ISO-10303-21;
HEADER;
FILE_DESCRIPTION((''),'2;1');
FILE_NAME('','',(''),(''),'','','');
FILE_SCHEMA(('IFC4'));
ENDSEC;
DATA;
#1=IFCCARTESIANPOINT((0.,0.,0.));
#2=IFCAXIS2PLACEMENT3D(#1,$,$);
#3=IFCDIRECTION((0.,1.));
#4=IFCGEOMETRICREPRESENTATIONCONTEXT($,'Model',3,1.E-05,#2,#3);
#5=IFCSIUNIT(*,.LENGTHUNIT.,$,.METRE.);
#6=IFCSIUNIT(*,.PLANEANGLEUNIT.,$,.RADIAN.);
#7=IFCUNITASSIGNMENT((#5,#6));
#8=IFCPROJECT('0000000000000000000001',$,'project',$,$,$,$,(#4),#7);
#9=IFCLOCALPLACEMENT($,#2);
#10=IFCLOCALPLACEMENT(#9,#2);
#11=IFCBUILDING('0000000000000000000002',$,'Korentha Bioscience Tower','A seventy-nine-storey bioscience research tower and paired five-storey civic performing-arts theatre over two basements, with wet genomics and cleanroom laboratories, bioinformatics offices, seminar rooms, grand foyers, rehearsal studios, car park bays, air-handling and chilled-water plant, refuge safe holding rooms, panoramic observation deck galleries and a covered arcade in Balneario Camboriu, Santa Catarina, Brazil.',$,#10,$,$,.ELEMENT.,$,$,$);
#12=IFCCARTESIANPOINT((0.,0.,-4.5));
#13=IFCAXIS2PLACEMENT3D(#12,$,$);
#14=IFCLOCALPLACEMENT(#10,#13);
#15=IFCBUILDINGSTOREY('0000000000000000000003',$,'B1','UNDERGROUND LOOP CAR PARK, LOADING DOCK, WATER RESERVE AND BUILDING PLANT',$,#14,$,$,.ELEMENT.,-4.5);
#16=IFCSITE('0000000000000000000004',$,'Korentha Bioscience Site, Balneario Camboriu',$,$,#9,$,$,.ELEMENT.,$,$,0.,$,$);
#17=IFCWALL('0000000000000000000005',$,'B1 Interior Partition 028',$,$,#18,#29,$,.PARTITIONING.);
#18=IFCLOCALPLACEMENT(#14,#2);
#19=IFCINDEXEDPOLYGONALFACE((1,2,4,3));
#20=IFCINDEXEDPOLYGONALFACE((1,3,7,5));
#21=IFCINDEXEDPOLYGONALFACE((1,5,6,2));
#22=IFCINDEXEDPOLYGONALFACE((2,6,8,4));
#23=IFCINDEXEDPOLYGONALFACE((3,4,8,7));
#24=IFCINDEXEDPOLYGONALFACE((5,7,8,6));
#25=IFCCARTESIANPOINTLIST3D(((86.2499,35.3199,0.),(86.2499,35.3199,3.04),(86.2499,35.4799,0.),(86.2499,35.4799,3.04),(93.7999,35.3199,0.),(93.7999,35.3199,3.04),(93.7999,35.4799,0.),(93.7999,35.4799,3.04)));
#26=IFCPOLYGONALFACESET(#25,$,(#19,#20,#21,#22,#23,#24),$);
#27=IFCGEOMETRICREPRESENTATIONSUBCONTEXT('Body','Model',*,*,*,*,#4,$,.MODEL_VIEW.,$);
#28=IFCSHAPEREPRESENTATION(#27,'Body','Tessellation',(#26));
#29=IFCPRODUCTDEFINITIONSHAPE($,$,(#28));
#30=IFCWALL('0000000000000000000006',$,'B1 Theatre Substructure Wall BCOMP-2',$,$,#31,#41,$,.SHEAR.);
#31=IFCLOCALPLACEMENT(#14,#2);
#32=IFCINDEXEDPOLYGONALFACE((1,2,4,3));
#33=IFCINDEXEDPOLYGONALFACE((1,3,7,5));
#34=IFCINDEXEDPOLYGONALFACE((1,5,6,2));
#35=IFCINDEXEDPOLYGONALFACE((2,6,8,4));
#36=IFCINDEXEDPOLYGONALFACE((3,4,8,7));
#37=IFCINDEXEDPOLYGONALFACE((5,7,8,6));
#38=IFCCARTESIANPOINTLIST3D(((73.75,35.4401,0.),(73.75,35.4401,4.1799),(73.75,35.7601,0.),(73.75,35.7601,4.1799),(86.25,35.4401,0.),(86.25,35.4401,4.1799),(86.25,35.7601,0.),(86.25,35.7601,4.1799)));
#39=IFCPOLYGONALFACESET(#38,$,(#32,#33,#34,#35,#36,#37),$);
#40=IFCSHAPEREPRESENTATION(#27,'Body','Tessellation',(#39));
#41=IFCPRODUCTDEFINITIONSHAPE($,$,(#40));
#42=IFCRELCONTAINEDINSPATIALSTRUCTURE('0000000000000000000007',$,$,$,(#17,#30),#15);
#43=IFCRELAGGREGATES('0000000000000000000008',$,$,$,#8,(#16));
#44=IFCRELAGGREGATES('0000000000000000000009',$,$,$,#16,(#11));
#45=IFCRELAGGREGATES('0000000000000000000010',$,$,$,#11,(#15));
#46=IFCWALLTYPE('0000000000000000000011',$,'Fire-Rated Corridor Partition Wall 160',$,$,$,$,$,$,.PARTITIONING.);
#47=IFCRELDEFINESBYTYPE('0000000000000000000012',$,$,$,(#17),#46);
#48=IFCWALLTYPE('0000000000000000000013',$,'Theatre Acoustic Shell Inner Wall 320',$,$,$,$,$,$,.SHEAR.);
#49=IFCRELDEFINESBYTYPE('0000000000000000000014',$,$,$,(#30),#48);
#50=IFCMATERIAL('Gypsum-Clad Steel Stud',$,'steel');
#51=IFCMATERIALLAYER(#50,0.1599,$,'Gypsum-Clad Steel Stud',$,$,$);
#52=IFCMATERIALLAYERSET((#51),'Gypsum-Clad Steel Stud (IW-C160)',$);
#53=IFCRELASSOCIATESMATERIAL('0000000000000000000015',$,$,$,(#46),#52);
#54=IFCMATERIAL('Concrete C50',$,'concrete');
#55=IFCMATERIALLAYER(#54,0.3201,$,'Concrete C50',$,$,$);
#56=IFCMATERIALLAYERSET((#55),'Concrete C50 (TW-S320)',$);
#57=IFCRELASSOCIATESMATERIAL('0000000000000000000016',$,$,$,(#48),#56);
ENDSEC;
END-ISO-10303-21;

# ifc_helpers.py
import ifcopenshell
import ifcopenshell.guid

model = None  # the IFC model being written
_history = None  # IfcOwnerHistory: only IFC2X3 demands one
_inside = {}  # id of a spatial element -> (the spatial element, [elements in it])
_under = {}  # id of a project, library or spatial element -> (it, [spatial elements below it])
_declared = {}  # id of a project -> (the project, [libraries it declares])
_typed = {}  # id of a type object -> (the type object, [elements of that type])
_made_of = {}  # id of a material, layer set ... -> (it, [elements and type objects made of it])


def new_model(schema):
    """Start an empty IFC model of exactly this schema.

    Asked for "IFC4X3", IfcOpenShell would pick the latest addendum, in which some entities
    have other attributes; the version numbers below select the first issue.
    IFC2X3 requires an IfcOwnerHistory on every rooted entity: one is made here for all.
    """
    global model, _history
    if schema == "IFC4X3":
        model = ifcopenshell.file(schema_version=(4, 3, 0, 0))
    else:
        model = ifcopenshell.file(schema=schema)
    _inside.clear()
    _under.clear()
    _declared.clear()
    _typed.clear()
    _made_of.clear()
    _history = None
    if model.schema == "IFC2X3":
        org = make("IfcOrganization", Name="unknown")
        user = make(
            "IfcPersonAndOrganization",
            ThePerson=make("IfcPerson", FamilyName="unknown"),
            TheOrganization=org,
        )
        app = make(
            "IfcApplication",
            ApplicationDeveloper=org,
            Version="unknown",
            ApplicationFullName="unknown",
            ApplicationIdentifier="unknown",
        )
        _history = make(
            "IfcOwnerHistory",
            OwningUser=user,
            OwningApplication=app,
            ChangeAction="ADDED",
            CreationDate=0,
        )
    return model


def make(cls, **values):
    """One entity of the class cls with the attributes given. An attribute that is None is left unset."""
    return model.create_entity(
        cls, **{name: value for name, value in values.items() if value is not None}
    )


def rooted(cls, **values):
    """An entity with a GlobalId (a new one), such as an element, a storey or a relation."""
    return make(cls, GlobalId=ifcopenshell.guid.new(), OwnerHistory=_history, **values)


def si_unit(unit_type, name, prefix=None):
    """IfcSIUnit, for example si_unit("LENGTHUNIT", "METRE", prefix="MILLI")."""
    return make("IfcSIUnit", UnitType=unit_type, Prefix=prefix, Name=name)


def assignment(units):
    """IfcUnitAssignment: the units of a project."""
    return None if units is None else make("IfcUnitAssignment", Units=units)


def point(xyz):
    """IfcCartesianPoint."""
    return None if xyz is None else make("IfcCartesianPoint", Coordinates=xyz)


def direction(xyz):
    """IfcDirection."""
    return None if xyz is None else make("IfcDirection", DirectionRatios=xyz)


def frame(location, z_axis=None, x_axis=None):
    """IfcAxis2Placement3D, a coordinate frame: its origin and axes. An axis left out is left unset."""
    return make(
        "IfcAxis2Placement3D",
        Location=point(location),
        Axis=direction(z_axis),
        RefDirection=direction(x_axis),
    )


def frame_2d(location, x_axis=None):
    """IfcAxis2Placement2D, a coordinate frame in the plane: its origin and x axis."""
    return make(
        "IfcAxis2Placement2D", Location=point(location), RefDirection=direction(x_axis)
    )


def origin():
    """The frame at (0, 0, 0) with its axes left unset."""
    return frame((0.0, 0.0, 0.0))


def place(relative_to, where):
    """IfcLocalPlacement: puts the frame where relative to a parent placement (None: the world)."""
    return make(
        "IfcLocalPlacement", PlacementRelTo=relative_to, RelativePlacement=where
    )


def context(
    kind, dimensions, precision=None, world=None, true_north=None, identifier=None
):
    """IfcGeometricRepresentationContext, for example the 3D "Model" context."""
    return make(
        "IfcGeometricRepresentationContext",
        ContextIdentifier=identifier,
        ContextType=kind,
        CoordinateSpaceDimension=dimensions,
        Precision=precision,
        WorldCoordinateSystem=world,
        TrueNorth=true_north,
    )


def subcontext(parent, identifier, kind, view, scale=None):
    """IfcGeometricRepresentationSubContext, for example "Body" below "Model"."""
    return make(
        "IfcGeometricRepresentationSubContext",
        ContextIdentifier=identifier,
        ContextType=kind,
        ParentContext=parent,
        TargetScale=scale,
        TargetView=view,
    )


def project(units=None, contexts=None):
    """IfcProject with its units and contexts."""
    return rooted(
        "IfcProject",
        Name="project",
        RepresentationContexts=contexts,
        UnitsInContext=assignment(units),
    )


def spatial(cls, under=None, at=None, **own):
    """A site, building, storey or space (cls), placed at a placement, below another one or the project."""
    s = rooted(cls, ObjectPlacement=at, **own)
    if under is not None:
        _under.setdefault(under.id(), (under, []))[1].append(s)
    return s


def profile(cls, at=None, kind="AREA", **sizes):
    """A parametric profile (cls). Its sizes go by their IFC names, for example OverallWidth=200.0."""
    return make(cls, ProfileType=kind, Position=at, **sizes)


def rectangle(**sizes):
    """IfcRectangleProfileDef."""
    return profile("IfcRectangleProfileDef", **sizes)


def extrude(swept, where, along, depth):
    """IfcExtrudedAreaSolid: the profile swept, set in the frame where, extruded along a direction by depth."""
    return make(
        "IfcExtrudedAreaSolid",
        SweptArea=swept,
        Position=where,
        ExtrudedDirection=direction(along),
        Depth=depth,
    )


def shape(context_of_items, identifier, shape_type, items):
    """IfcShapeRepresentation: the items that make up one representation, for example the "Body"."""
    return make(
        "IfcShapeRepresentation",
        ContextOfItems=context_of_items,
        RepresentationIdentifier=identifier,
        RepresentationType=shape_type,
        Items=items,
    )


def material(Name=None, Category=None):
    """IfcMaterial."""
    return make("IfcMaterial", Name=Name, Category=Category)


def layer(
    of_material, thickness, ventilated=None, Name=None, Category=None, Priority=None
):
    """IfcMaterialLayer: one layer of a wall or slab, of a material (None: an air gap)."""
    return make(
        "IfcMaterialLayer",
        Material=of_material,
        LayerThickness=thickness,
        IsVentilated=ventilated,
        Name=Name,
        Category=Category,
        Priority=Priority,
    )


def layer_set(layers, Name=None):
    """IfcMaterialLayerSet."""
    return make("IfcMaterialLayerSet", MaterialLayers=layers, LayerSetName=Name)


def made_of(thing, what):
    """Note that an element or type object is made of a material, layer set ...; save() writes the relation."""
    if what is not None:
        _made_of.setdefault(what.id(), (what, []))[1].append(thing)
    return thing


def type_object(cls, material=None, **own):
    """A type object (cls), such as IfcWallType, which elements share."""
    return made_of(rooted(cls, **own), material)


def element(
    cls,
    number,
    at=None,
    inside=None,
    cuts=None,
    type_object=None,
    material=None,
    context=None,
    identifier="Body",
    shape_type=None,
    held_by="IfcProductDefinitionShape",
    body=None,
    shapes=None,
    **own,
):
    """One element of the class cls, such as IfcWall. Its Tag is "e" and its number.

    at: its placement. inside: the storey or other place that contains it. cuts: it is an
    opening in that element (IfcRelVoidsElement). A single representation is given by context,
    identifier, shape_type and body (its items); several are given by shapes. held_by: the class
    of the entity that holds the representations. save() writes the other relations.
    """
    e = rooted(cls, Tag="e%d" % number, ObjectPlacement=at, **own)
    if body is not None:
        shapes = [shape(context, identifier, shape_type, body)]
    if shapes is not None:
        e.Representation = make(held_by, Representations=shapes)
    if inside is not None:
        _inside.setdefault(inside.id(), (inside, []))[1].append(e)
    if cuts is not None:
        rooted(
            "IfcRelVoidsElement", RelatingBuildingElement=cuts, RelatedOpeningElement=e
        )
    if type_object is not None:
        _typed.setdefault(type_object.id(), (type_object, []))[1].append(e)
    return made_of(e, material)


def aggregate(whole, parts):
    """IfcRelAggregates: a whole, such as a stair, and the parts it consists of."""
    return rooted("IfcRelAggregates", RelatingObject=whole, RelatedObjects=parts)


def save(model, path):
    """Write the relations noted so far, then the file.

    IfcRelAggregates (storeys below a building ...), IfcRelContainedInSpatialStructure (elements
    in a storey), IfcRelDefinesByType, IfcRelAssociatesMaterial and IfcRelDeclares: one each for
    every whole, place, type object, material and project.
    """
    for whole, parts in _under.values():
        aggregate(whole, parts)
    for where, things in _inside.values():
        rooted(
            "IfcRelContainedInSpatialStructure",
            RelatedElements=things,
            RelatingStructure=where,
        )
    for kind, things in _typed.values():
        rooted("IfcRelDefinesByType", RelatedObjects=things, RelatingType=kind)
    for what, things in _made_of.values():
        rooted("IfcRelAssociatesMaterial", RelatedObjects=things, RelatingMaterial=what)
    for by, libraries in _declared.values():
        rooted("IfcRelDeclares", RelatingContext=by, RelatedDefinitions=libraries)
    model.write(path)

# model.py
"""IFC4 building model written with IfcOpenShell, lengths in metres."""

from ifc_helpers import new_model, si_unit, direction, frame, frame_2d, origin, place, context, subcontext, project, spatial, rectangle, extrude, material, layer, layer_set, type_object, element, save


model = new_model("IFC4")

# Units and contexts
model_context = context("Model", 3, precision=1e-05, world=origin(), true_north=direction((0.0, 1.0)))
body_context = subcontext(model_context, "Body", "Model", "MODEL_VIEW")
ifc_project = project(units=[si_unit("LENGTHUNIT", "METRE"), si_unit("PLANEANGLEUNIT", "RADIAN")], contexts=[model_context])

# Site, building, storey
site_placement = place(None, origin())
site = spatial("IfcSite", under=ifc_project, at=site_placement, Name="Korentha Bioscience Site, Balneario Camboriu", CompositionType="ELEMENT", RefElevation=0.0)
building_placement = place(site_placement, origin())
building = spatial("IfcBuilding", under=site, at=building_placement, Name="Korentha Bioscience Tower", Description="A seventy-nine-storey bioscience research tower and paired five-storey civic performing-arts theatre over two basements, with wet genomics and cleanroom laboratories, bioinformatics offices, seminar rooms, grand foyers, rehearsal studios, car park bays, air-handling and chilled-water plant, refuge safe holding rooms, panoramic observation deck galleries and a covered arcade in Balneario Camboriu, Santa Catarina, Brazil.", CompositionType="ELEMENT")
storey_placement = place(building_placement, frame((0.0, 0.0, -4.5)))
storey = spatial("IfcBuildingStorey", under=building, at=storey_placement, Name="B1", Description="UNDERGROUND LOOP CAR PARK, LOADING DOCK, WATER RESERVE AND BUILDING PLANT", CompositionType="ELEMENT", Elevation=-4.5)

# Shared definitions
ifc_material_1 = material(Name="Concrete C50", Category="concrete")

# Walls
ifc_material_2 = material(Name="Gypsum-Clad Steel Stud", Category="steel")
ifc_layer_1 = layer(ifc_material_2, 0.1599, Name="Gypsum-Clad Steel Stud")
ifc_layer_set_1 = layer_set([ifc_layer_1], Name="Gypsum-Clad Steel Stud (IW-C160)")
wall_type_1 = type_object("IfcWallType", Name="Fire-Rated Corridor Partition Wall 160", PredefinedType="PARTITIONING", material=ifc_layer_set_1)
wall_1_placement = place(storey_placement, frame((86.25, 35.3999, 0.0), z_axis=(0.0, 0.0, 1.0), x_axis=(1.0, 0.0, 0.0)))
element("IfcWall", 1, at=wall_1_placement, inside=storey, type_object=wall_type_1, Name="B1 Interior Partition 028", PredefinedType="PARTITIONING", context=body_context, shape_type="SweptSolid", body=[
    extrude(rectangle(XDim=7.55, YDim=0.1599, at=frame_2d((3.7749, 0.0))), origin(), (0.0, 0.0, 1.0), 3.04),
])
ifc_layer_2 = layer(ifc_material_1, 0.3201, Name="Concrete C50")
ifc_layer_set_2 = layer_set([ifc_layer_2], Name="Concrete C50 (TW-S320)")
wall_type_2 = type_object("IfcWallType", Name="Theatre Acoustic Shell Inner Wall 320", PredefinedType="SHEAR", material=ifc_layer_set_2)
wall_2_placement = place(storey_placement, frame((73.75, 35.6001, 0.0), z_axis=(0.0, 0.0, 1.0), x_axis=(1.0, 0.0, 0.0)))
element("IfcWall", 2, at=wall_2_placement, inside=storey, type_object=wall_type_2, Name="B1 Theatre Substructure Wall BCOMP-2", PredefinedType="SHEAR", context=body_context, shape_type="SweptSolid", body=[
    extrude(rectangle(XDim=12.5, YDim=0.3201, at=frame_2d((6.25, 0.0))), origin(), (0.0, 0.0, 1.0), 4.1799),
])

save(model, "model.ifc")
